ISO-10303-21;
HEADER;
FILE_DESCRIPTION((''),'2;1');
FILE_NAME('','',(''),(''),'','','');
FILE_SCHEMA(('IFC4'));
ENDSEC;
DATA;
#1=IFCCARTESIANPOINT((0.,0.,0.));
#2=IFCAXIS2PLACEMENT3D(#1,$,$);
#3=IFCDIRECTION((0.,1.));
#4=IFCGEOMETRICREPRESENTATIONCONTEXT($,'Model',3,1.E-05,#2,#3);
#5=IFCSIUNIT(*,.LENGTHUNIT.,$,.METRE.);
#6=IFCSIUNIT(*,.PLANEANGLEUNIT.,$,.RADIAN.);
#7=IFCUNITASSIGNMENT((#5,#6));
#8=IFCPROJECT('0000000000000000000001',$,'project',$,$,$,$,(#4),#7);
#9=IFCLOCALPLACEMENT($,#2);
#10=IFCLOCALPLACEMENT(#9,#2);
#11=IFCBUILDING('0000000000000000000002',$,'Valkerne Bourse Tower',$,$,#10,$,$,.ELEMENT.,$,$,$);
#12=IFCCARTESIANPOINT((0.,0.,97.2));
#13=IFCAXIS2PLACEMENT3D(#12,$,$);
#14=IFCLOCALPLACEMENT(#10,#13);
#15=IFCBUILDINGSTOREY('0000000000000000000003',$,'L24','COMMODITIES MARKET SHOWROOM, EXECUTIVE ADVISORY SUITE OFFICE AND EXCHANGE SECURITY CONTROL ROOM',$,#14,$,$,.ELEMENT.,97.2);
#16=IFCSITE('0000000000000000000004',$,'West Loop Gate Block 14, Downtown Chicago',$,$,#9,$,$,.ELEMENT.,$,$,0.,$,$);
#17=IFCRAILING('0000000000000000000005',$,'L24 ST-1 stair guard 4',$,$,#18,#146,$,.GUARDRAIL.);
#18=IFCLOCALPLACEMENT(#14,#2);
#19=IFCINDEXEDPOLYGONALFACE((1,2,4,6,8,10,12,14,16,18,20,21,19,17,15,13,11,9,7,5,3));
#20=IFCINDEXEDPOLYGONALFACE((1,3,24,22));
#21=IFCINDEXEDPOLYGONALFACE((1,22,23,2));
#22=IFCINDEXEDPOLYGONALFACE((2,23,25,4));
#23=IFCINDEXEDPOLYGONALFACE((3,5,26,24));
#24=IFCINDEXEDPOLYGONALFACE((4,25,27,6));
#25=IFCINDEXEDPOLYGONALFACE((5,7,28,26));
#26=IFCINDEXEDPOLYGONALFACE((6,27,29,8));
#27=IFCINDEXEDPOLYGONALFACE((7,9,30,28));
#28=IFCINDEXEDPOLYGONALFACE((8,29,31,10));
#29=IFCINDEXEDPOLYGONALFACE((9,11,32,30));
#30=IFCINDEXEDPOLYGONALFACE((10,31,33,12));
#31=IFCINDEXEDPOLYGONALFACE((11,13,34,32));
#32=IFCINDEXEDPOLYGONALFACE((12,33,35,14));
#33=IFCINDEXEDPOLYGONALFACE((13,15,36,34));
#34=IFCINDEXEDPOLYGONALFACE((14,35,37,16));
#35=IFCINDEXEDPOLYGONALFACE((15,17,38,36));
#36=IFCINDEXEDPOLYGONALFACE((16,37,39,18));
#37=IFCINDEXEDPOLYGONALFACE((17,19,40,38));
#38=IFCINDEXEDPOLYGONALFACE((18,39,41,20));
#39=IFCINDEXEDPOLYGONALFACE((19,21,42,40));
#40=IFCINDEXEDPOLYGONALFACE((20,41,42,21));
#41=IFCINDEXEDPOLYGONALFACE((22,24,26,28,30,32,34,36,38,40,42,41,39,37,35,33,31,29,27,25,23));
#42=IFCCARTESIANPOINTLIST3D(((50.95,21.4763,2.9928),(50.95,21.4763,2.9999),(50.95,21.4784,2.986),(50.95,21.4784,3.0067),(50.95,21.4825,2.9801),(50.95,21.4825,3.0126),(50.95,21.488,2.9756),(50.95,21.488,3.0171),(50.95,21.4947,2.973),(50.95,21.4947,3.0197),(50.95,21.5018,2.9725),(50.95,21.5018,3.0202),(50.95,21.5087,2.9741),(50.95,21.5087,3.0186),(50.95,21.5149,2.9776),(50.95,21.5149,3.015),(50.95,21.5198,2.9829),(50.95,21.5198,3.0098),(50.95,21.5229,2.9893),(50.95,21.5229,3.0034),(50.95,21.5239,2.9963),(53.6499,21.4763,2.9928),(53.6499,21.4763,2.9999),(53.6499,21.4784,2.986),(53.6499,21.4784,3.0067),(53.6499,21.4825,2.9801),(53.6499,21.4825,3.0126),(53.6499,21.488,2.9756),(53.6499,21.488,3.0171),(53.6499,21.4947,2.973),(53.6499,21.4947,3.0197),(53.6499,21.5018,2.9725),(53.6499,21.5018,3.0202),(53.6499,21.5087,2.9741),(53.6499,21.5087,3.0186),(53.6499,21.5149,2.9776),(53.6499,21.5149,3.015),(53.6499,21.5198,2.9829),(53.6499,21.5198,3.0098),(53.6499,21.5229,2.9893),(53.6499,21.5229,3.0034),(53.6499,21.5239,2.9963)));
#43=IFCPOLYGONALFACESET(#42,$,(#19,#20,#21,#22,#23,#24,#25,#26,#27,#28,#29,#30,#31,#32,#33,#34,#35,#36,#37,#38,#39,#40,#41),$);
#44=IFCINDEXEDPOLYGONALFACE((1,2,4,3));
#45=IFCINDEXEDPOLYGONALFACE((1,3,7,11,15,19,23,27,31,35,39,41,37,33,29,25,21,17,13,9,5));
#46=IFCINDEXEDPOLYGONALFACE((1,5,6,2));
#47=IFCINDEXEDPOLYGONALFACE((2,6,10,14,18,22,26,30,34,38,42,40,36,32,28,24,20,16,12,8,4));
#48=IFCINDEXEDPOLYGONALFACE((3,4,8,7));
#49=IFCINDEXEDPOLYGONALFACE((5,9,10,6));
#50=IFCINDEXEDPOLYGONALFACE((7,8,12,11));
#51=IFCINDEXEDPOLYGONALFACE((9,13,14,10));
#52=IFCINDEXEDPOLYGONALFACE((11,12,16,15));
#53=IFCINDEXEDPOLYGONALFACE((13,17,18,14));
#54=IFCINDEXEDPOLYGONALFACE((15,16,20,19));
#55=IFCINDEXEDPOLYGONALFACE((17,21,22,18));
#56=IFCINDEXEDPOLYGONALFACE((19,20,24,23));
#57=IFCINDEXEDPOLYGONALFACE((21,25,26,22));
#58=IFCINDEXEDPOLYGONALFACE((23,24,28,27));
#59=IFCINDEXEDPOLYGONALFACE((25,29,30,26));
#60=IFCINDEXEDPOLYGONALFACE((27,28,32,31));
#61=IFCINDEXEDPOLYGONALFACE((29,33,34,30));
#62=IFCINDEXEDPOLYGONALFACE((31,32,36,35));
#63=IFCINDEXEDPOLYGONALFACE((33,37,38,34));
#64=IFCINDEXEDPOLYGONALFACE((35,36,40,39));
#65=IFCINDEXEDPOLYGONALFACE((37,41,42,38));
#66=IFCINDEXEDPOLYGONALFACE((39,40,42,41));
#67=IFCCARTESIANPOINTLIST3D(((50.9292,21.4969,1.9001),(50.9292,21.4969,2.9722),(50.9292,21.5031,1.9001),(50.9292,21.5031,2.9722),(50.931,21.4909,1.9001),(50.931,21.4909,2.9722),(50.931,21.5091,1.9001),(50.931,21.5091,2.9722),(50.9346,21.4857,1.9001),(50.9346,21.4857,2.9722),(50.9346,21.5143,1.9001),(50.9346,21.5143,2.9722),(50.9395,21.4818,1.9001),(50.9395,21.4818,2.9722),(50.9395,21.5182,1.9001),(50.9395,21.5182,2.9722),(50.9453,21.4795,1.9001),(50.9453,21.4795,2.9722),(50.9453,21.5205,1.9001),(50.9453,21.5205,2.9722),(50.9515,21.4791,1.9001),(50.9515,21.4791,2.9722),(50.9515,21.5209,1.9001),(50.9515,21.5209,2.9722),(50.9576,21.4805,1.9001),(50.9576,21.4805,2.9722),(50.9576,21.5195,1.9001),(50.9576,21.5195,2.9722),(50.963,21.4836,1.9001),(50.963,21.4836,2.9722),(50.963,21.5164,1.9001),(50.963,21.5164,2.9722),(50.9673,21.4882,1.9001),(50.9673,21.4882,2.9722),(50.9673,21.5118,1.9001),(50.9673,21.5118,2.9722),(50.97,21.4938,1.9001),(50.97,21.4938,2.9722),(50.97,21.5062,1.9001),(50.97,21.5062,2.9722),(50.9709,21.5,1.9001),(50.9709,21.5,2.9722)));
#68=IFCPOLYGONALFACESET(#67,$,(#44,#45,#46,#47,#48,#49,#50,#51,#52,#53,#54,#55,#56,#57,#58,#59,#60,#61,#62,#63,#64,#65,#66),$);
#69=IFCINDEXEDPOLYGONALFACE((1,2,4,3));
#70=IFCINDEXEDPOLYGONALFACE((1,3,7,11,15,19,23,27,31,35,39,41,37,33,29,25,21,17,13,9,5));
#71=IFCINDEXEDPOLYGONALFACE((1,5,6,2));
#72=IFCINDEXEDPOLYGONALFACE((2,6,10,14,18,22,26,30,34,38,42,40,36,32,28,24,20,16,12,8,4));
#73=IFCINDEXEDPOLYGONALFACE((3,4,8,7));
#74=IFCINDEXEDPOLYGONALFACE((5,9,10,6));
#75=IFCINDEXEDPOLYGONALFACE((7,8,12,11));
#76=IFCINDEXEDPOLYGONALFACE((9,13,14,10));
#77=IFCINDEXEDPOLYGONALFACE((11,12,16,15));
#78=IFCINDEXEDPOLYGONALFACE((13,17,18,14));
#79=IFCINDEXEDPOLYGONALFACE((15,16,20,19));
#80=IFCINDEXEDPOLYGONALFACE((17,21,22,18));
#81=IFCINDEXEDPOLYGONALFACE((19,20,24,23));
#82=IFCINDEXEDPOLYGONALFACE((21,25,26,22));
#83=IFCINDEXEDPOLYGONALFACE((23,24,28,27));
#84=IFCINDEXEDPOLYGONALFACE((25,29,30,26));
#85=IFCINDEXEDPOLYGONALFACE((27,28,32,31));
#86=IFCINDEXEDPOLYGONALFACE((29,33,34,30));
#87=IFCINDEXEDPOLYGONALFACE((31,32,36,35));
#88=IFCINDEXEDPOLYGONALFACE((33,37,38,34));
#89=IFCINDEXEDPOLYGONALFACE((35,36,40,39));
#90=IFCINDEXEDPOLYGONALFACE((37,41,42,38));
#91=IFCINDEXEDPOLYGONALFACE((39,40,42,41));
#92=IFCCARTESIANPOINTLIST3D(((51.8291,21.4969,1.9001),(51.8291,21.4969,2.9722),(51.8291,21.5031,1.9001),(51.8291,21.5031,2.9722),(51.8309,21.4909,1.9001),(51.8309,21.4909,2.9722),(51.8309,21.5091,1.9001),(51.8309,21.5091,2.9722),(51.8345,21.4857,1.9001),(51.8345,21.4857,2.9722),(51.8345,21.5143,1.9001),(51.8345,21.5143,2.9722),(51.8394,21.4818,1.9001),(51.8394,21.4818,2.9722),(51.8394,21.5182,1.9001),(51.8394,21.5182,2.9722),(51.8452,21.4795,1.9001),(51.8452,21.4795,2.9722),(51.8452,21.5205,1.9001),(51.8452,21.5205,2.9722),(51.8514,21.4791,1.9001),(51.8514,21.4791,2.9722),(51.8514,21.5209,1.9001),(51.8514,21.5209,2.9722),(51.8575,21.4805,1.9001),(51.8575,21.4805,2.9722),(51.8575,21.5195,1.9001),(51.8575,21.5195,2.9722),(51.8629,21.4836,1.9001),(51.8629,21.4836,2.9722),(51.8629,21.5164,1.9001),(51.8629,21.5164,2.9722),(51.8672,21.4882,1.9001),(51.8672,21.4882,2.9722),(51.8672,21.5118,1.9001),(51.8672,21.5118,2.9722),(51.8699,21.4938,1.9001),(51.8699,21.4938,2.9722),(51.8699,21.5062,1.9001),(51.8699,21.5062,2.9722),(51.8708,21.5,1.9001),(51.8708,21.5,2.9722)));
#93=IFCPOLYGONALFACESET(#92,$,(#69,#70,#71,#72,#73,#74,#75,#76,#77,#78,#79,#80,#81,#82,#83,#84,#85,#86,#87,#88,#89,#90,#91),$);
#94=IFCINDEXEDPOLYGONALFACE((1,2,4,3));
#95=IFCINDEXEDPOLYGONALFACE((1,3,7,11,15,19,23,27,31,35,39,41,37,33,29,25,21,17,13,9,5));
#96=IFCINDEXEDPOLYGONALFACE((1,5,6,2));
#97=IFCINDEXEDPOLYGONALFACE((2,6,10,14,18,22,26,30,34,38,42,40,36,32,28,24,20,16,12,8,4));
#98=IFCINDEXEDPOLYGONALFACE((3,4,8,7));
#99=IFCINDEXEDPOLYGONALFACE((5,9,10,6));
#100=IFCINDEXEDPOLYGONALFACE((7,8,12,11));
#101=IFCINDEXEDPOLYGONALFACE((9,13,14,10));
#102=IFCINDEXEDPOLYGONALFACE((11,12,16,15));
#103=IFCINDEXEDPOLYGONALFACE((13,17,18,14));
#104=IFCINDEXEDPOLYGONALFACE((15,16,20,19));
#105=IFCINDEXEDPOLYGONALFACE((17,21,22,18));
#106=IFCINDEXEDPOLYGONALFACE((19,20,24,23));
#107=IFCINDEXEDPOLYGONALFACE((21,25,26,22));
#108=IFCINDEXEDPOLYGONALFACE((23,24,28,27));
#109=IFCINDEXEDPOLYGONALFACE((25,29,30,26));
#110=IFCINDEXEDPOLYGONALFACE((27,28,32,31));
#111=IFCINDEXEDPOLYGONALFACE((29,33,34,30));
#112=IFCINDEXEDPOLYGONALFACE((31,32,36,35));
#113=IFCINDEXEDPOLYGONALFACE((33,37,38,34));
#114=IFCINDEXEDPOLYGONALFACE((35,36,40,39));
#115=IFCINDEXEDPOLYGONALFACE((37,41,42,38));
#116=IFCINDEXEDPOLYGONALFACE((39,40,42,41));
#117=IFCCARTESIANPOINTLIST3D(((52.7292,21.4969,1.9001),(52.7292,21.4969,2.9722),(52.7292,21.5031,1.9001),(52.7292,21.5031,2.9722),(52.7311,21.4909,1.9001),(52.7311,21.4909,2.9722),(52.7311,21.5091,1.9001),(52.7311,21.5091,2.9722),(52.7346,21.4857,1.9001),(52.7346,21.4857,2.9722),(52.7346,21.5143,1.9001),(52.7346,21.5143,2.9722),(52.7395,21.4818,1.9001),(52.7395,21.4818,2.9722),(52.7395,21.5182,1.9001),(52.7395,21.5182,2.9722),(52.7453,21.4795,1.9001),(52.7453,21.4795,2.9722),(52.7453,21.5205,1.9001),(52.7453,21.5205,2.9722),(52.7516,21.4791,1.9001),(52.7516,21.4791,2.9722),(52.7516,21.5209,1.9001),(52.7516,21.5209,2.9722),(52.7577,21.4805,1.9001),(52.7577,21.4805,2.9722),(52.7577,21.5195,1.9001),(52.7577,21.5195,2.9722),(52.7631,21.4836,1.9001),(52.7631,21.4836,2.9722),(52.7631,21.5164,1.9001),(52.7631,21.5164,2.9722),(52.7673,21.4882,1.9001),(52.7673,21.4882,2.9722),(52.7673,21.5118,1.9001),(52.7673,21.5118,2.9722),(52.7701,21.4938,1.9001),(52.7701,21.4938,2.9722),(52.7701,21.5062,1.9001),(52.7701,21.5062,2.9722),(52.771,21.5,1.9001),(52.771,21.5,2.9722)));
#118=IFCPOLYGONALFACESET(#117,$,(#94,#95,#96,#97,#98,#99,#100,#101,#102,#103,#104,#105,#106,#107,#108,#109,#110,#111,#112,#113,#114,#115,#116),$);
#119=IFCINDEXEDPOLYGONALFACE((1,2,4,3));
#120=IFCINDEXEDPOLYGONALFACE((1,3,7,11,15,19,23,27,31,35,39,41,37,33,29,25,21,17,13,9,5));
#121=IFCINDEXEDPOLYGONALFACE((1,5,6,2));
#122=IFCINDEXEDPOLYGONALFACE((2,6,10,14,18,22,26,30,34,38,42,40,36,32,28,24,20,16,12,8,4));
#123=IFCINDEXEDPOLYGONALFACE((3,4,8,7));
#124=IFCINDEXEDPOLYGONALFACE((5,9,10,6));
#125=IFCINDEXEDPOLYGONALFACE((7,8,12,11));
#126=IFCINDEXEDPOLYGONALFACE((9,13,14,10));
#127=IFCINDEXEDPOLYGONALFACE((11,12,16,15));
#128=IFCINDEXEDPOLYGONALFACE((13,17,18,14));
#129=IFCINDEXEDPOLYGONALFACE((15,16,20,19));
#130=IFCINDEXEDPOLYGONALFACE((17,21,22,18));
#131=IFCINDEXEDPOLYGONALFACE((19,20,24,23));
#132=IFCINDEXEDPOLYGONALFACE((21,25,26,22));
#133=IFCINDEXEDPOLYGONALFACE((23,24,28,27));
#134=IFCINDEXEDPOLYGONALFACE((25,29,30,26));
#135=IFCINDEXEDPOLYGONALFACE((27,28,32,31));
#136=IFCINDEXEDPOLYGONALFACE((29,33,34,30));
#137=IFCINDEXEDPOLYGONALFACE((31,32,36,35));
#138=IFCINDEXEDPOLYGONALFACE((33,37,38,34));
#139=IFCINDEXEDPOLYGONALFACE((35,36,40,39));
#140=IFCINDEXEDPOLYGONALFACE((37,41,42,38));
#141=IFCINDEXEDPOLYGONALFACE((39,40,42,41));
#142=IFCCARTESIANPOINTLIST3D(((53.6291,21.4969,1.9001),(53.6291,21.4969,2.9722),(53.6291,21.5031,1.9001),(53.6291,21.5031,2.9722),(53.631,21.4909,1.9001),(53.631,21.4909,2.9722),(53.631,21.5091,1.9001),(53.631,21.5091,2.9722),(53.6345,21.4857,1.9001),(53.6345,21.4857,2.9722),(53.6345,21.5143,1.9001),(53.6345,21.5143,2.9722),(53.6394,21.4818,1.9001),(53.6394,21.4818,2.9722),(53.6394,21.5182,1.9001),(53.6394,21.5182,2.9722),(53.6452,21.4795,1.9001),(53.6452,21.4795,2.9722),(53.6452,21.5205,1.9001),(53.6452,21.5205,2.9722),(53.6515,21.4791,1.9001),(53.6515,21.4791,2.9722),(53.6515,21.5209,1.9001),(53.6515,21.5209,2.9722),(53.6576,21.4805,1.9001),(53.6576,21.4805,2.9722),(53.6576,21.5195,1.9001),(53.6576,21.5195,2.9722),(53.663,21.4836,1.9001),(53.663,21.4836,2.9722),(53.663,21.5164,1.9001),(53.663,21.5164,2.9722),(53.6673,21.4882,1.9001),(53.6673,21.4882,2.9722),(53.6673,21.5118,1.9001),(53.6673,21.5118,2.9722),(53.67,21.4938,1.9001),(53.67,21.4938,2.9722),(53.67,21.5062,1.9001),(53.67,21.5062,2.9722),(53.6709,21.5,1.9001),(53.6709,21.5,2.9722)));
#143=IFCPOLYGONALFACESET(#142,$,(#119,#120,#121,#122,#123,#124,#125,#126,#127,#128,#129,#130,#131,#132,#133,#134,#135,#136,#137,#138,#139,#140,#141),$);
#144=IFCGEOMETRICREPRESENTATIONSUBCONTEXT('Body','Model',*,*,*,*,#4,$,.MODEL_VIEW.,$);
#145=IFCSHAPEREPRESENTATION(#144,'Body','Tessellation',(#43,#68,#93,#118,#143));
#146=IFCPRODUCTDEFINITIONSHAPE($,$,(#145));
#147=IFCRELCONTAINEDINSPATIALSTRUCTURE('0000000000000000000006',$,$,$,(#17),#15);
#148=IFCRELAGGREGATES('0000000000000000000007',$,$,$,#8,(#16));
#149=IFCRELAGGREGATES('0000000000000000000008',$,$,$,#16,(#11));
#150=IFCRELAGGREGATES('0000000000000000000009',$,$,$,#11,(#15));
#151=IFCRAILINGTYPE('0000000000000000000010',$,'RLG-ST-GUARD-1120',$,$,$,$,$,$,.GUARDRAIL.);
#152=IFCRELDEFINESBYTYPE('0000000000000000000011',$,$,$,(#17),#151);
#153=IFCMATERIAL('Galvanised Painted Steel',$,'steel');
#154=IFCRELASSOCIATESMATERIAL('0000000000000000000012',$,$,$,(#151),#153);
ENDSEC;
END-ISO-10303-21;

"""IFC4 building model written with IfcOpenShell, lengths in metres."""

from ifc_helpers import new_model, si_unit, direction, frame, origin, origin_2d, place, context, subcontext, project, spatial, circle, extrude, material, type_object, element, save


model = new_model("IFC4")

# Units and contexts
model_context = context("Model", 3, precision=1e-05, world=origin(), true_north=direction((0.0, 1.0)))
body_context = subcontext(model_context, "Body", "Model", "MODEL_VIEW")
ifc_project = project(units=[si_unit("LENGTHUNIT", "METRE"), si_unit("PLANEANGLEUNIT", "RADIAN")], contexts=[model_context])

# Site, building, storey
site_placement = place(None, origin())
site = spatial("IfcSite", under=ifc_project, at=site_placement, Name="West Loop Gate Block 14, Downtown Chicago", CompositionType="ELEMENT", RefElevation=0.0)
building_placement = place(site_placement, origin())
building = spatial("IfcBuilding", under=site, at=building_placement, Name="Valkerne Bourse Tower", CompositionType="ELEMENT")
storey_placement = place(building_placement, frame((0.0, 0.0, 97.2)))
storey = spatial("IfcBuildingStorey", under=building, at=storey_placement, Name="L24", Description="COMMODITIES MARKET SHOWROOM, EXECUTIVE ADVISORY SUITE OFFICE AND EXCHANGE SECURITY CONTROL ROOM", CompositionType="ELEMENT", Elevation=97.2)

# Shared definitions
ifc_material_1 = material(Name="Galvanised Painted Steel", Category="steel")

# Railing
railing_type_1 = type_object("IfcRailingType", Name="RLG-ST-GUARD-1120", PredefinedType="GUARDRAIL", material=ifc_material_1)
for number, where, name in (
    (1, (50.95, 21.5, 1.9001), "L24 ST-1 stair guard 4"),
):
    element("IfcRailing", number, at=place(storey_placement, frame(where)), inside=storey, type_object=railing_type_1, Name=name, PredefinedType="GUARDRAIL", context=body_context, shape_type="SweptSolid", body=[
        extrude(circle(Radius=0.0239, at=origin_2d()), frame((0.0, 0.0, 1.0962), z_axis=(1.0, 0.0, 0.0), x_axis=(0.0, 1.0, 0.0)), (0.0, 0.0, 1.0), 2.7),
        extrude(circle(Radius=0.021, at=origin_2d()), origin(), (0.0, 0.0, 1.0), 1.072),
        extrude(circle(Radius=0.021, at=origin_2d()), frame((0.8999, 0.0, 0.0)), (0.0, 0.0, 1.0), 1.072),
        extrude(circle(Radius=0.021, at=origin_2d()), frame((1.8, 0.0, 0.0)), (0.0, 0.0, 1.0), 1.072),
        extrude(circle(Radius=0.021, at=origin_2d()), frame((2.7, 0.0, 0.0)), (0.0, 0.0, 1.0), 1.072),
    ])

save(model, "model.ifc")
